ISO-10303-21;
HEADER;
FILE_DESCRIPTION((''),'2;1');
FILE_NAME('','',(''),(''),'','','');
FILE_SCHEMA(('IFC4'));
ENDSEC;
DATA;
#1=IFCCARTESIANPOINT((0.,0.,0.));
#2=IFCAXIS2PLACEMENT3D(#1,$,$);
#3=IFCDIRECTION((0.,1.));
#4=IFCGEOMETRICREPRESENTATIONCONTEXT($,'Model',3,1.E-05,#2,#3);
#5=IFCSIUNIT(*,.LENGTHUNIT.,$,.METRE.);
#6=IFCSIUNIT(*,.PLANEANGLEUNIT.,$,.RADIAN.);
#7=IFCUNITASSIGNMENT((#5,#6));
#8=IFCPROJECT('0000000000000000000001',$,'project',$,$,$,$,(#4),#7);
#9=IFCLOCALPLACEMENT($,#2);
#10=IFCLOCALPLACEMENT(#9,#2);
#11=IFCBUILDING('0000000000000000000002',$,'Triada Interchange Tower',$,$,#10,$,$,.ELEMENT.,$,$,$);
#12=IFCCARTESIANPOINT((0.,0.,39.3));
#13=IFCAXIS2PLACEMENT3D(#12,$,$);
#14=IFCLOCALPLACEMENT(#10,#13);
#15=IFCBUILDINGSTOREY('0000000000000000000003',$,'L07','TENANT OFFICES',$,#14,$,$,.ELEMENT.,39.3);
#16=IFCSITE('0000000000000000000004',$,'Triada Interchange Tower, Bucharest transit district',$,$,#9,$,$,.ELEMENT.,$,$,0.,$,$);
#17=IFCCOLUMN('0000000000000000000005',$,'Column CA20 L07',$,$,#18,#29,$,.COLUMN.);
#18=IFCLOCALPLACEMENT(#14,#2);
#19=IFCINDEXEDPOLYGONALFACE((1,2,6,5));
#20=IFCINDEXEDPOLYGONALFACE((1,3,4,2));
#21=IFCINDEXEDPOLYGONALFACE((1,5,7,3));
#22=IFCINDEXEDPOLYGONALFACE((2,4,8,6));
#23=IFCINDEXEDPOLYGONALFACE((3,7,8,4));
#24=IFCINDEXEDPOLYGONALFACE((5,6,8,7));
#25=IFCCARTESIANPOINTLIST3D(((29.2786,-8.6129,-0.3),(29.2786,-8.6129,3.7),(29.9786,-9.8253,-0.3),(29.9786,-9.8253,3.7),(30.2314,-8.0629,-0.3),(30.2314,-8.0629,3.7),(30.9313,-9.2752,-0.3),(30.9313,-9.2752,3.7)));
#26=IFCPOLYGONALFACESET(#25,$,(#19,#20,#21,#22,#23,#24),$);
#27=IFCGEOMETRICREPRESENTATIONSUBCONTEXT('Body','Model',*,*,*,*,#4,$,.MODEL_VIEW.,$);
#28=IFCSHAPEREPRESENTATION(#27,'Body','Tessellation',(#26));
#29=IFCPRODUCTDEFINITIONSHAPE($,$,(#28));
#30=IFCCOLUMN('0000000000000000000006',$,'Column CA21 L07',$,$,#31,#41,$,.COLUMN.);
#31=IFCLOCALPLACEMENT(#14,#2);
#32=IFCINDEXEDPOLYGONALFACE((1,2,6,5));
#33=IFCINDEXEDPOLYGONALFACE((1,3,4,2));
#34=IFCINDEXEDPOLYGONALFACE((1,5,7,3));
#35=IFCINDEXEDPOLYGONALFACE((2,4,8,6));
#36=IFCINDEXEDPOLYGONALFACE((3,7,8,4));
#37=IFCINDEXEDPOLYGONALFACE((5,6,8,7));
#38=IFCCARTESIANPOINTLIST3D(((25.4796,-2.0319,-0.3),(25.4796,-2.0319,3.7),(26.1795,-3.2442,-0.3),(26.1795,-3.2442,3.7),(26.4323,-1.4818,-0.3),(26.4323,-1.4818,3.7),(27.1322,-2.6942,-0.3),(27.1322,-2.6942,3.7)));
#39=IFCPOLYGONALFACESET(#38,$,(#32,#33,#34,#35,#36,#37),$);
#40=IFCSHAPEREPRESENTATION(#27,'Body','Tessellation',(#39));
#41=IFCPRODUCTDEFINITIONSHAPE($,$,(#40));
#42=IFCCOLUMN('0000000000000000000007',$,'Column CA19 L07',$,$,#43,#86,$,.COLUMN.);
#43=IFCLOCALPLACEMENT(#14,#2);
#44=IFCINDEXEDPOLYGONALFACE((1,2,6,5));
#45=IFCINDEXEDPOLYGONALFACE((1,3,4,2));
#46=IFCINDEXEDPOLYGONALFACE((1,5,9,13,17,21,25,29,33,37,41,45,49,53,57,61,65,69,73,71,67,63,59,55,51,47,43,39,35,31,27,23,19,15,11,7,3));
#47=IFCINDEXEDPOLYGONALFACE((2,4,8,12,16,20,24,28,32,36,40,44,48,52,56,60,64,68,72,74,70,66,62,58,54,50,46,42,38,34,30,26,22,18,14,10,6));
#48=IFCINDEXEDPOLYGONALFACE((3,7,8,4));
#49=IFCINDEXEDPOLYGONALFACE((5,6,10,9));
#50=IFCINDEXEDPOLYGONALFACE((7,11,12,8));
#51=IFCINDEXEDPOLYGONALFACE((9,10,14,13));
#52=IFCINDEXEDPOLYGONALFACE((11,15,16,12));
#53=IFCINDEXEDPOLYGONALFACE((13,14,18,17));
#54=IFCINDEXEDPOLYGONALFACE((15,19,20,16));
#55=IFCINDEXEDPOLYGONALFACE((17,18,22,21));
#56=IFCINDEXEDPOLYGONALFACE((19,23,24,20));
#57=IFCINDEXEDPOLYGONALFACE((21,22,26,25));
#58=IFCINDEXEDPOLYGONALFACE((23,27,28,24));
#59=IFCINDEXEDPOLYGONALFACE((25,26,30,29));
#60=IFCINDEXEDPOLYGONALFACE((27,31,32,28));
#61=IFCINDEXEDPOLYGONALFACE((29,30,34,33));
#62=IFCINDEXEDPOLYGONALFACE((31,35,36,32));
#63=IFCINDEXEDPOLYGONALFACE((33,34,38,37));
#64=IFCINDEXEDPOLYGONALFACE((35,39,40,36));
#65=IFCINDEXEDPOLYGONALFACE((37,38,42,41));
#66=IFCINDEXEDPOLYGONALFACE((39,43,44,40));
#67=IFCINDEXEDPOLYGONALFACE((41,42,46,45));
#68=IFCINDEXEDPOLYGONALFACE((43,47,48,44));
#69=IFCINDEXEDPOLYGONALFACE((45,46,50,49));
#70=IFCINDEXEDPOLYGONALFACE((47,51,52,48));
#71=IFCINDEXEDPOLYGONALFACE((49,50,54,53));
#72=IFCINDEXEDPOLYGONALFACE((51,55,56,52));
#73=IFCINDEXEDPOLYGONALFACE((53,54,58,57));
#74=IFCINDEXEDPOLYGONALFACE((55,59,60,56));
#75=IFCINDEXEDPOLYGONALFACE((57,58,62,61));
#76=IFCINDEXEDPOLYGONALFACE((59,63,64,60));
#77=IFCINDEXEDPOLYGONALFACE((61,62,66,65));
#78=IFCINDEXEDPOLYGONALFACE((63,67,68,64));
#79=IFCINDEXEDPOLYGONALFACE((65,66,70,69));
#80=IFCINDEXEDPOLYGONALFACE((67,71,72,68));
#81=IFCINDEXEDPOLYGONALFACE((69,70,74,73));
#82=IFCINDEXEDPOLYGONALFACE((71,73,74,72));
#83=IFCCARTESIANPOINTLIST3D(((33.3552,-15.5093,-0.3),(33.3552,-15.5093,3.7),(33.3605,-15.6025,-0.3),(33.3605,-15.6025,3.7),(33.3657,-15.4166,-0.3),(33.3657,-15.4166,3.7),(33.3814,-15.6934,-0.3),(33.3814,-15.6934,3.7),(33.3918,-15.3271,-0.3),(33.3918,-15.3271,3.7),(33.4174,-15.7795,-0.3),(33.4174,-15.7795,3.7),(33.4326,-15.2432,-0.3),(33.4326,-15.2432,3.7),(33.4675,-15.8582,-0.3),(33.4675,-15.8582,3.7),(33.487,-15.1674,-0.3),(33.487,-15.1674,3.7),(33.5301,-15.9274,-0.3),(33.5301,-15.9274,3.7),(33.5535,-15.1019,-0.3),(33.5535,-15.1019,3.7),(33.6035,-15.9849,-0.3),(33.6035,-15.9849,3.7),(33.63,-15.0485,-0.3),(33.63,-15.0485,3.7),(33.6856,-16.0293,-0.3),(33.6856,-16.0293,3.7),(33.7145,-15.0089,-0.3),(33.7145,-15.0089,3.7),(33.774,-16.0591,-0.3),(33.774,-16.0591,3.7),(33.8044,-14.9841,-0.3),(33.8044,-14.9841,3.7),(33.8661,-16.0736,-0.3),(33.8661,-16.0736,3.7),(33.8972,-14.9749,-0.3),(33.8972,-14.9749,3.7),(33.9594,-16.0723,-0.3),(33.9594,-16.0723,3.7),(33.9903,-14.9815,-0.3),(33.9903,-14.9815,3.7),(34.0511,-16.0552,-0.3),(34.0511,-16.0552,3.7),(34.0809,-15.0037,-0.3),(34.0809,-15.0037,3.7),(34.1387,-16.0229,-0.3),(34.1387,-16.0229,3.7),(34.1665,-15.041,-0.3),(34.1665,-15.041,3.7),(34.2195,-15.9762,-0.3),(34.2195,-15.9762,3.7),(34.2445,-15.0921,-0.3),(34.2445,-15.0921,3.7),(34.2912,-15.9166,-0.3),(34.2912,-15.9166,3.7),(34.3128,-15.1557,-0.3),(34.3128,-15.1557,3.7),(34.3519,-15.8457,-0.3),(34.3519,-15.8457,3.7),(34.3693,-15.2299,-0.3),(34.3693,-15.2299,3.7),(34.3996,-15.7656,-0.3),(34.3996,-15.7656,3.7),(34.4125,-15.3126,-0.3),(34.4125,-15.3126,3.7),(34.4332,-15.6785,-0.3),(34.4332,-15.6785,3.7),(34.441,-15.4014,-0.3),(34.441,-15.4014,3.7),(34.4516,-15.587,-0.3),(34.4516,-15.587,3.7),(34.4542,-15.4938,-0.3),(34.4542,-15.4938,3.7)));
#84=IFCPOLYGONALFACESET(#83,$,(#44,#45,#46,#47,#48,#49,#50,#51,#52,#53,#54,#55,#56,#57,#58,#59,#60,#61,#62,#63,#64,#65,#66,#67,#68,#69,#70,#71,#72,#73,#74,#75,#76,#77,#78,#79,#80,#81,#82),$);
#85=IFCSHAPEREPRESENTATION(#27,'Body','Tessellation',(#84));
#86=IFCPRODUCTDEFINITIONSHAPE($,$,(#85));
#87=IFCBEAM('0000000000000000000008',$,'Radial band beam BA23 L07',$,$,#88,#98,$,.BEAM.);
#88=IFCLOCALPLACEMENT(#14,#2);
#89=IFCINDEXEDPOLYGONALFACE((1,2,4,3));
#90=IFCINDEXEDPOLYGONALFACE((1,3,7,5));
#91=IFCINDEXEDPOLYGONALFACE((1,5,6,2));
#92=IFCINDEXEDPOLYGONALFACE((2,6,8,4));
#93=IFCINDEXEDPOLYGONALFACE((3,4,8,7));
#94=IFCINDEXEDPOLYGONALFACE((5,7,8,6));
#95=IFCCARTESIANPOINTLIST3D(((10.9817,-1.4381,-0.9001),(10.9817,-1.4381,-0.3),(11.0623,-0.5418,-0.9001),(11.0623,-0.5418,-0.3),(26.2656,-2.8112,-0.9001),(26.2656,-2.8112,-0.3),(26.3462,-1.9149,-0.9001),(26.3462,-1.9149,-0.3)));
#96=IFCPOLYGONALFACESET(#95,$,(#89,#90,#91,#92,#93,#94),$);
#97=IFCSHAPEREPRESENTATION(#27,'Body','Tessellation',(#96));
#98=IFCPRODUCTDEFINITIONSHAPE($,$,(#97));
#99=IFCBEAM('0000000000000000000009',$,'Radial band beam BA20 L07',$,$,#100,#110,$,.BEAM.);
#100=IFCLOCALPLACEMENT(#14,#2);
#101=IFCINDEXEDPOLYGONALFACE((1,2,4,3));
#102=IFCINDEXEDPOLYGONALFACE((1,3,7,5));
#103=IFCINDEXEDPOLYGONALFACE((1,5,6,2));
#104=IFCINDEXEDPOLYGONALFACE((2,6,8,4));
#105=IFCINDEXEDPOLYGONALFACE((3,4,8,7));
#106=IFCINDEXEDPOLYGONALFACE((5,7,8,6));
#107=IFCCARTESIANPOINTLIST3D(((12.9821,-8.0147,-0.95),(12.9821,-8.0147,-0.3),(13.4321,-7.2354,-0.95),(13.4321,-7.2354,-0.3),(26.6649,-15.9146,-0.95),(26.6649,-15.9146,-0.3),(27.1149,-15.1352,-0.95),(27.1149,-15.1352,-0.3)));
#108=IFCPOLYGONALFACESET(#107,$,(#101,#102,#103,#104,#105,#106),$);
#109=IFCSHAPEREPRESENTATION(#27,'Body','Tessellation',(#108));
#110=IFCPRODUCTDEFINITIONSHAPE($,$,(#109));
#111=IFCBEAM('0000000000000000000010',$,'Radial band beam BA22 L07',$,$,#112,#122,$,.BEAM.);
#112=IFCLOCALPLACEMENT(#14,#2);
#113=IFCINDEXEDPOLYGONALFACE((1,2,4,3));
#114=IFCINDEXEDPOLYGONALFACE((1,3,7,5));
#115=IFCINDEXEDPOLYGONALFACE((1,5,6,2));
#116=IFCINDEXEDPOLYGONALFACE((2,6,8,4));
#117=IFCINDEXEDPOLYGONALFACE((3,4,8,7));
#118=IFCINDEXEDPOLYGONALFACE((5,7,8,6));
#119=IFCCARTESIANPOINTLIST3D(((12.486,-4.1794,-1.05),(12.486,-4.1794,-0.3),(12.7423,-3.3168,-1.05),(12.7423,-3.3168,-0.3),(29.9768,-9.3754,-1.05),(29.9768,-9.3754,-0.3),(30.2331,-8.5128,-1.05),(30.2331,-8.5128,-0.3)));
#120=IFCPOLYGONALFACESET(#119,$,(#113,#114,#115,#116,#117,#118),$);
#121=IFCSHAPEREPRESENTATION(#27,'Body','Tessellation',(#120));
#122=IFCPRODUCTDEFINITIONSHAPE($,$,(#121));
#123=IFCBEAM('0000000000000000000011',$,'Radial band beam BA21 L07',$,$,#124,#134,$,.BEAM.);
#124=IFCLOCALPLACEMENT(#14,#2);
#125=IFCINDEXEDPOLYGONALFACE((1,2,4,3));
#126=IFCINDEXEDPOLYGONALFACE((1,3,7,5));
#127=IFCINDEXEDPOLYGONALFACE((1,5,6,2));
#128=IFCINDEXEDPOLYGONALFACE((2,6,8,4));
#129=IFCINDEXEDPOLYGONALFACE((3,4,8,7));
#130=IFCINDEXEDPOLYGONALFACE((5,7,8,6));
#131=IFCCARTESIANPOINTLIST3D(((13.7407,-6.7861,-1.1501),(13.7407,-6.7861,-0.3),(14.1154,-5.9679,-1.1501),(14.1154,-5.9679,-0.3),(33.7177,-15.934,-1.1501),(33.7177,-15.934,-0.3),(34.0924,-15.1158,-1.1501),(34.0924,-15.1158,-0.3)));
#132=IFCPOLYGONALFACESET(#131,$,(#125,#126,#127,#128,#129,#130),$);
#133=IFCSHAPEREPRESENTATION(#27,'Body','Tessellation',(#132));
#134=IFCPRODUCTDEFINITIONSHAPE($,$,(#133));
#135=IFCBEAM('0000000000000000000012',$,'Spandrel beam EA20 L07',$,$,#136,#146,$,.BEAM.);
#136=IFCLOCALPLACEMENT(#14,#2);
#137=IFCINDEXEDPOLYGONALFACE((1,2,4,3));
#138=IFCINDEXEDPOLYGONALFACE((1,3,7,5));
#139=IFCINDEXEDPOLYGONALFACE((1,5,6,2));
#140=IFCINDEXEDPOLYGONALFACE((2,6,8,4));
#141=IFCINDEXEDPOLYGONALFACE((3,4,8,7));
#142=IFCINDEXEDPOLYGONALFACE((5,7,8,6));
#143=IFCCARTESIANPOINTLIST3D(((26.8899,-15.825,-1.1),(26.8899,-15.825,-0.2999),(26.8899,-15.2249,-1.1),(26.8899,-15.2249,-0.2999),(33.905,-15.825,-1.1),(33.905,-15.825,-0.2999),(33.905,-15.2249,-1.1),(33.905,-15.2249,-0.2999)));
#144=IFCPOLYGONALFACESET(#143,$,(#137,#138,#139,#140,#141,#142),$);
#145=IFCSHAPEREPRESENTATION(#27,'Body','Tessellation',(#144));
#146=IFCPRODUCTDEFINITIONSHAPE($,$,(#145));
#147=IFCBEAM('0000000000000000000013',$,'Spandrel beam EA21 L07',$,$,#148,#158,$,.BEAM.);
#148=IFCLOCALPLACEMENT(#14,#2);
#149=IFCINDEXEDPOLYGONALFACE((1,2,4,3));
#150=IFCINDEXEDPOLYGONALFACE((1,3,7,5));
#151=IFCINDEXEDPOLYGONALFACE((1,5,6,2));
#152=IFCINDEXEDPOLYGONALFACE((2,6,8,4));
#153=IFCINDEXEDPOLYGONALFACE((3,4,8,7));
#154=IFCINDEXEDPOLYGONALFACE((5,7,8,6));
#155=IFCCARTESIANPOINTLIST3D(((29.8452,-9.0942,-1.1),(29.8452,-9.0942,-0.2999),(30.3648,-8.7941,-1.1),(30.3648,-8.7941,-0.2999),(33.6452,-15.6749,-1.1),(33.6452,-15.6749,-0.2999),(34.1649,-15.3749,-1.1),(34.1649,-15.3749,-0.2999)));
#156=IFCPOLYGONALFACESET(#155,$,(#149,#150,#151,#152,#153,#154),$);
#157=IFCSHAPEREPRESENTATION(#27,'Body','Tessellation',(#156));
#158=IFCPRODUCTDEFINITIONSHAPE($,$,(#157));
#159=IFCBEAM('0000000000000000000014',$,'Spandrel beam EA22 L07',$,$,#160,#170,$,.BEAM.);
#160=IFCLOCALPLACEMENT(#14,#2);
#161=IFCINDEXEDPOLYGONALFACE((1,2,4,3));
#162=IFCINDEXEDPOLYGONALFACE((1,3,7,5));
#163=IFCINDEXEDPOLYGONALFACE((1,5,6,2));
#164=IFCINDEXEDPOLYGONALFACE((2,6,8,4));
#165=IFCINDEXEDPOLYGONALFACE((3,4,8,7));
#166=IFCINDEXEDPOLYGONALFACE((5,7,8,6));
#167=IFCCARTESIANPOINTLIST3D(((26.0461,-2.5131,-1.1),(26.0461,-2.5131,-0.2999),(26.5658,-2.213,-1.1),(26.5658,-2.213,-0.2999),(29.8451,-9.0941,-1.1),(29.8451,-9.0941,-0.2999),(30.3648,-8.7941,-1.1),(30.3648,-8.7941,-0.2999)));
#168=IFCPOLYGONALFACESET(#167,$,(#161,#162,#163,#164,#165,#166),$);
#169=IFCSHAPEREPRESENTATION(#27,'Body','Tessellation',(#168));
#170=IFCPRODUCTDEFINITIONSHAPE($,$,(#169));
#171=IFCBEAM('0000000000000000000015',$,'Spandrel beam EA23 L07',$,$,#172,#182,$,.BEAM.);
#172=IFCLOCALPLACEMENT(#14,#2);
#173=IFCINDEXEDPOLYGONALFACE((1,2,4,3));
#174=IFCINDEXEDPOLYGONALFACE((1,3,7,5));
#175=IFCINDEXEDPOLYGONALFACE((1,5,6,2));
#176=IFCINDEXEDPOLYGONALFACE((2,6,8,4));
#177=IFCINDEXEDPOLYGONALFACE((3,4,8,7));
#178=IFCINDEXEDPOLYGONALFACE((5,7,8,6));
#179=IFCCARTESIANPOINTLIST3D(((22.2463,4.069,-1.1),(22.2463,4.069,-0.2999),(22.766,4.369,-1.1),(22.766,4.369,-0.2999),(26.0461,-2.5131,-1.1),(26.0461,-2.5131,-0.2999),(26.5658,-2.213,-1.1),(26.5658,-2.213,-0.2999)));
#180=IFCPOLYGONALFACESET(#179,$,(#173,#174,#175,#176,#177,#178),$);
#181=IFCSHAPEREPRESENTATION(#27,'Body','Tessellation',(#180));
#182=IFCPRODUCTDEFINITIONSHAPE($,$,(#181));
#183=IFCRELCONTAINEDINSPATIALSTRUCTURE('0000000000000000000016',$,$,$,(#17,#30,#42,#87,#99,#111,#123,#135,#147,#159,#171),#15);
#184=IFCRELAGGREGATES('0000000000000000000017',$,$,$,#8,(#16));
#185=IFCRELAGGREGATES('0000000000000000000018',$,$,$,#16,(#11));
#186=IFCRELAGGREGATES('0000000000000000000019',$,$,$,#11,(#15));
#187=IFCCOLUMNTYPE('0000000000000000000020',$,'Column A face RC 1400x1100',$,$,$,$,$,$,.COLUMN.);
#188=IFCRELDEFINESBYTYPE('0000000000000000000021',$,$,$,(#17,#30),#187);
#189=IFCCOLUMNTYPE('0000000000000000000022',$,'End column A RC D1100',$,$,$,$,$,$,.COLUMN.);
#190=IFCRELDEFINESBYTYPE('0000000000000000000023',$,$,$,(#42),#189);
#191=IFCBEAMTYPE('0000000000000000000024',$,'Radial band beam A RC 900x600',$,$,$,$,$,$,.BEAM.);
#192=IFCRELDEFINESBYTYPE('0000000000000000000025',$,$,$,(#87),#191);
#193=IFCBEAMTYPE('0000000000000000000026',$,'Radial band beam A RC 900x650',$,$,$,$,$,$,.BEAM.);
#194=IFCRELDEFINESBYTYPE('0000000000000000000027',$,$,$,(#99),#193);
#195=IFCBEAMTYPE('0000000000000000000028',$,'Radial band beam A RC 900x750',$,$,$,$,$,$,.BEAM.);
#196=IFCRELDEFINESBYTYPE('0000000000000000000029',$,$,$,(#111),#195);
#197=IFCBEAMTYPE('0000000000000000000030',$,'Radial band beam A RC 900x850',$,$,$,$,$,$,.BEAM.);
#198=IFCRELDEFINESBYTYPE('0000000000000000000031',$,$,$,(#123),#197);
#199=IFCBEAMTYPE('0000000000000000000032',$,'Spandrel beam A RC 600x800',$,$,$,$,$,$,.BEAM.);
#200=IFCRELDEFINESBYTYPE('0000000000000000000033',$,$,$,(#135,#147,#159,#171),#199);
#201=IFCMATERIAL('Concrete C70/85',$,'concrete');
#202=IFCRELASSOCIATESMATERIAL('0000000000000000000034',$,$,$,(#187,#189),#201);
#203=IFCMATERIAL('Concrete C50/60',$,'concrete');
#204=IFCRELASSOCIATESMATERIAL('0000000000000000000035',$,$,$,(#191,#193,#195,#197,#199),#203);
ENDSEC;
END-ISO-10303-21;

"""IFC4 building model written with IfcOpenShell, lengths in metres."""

from ifc_helpers import new_model, si_unit, direction, frame, origin, origin_2d, place, context, subcontext, project, spatial, rectangle, circle, extrude, material, material_profile, profile_set, type_object, element, save


model = new_model("IFC4")

# Units and contexts
model_context = context("Model", 3, precision=1e-05, world=origin(), true_north=direction((0.0, 1.0)))
body_context = subcontext(model_context, "Body", "Model", "MODEL_VIEW")
ifc_project = project(units=[si_unit("LENGTHUNIT", "METRE"), si_unit("PLANEANGLEUNIT", "RADIAN")], contexts=[model_context])

# Site, building, storey
site_placement = place(None, origin())
site = spatial("IfcSite", under=ifc_project, at=site_placement, Name="Triada Interchange Tower, Bucharest transit district", CompositionType="ELEMENT", RefElevation=0.0)
building_placement = place(site_placement, origin())
building = spatial("IfcBuilding", under=site, at=building_placement, Name="Triada Interchange Tower", CompositionType="ELEMENT")
storey_placement = place(building_placement, frame((0.0, 0.0, 39.3)))
storey = spatial("IfcBuildingStorey", under=building, at=storey_placement, Name="L07", Description="TENANT OFFICES", CompositionType="ELEMENT", Elevation=39.3)

# Columns
ifc_material_1 = material(Name="Concrete C70/85", Category="concrete")
ifc_material_profile_1 = material_profile(ifc_material_1, rectangle(XDim=1.3999, YDim=1.1001, at=origin_2d()), Name="RC 1400x1100")
ifc_profile_set_1 = profile_set([ifc_material_profile_1], Name="Concrete C70/85")
column_type_1 = type_object("IfcColumnType", Name="Column A face RC 1400x1100", PredefinedType="COLUMN", material=ifc_profile_set_1)
for number, where, z_axis, x_axis, name in (
    (1, (30.105, -8.9441, -0.3), (0.0, 0.0, 1.0), (-0.5, 0.866025, 0.0), "Column CA20 L07"),
    (2, (26.3059, -2.363, -0.3), (0.0, 0.0, 1.0), (-0.5, 0.866025, 0.0), "Column CA21 L07"),
):
    element("IfcColumn", number, at=place(storey_placement, frame(where, z_axis=z_axis, x_axis=x_axis)), inside=storey, type_object=column_type_1, Name=name, PredefinedType="COLUMN", context=body_context, shape_type="SweptSolid", body=[
        extrude(rectangle(XDim=1.3999, YDim=1.1001, at=origin_2d()), origin(), (0.0, 0.0, 1.0), 4.0),
    ])
ifc_material_profile_2 = material_profile(ifc_material_1, circle(Radius=0.55, at=origin_2d()), Name="RC D1100")
ifc_profile_set_2 = profile_set([ifc_material_profile_2], Name="Concrete C70/85")
column_type_2 = type_object("IfcColumnType", Name="End column A RC D1100", PredefinedType="COLUMN", material=ifc_profile_set_2)
column_placement = place(storey_placement, frame((33.905, -15.5249, -0.3), z_axis=(0.0, 0.0, 1.0), x_axis=(-0.5, 0.866025, 0.0)))
element("IfcColumn", 3, at=column_placement, inside=storey, type_object=column_type_2, Name="Column CA19 L07", PredefinedType="COLUMN", context=body_context, shape_type="SweptSolid", body=[
    extrude(circle(Radius=0.55, at=origin_2d()), origin(), (0.0, 0.0, 1.0), 4.0),
])

# Beams
ifc_material_2 = material(Name="Concrete C50/60", Category="concrete")
ifc_material_profile_3 = material_profile(ifc_material_2, rectangle(XDim=0.8999, YDim=0.6001, at=origin_2d()), Name="RC 900x600")
ifc_profile_set_3 = profile_set([ifc_material_profile_3], Name="Concrete C50/60")
beam_type_1 = type_object("IfcBeamType", Name="Radial band beam A RC 900x600", PredefinedType="BEAM", material=ifc_profile_set_3)
beam_1_placement = place(storey_placement, frame((26.3059, -2.363, -0.6001), z_axis=(-0.995989, 0.089476, 0.0), x_axis=(-0.089476, -0.995989, 0.0)))
element("IfcBeam", 4, at=beam_1_placement, inside=storey, type_object=beam_type_1, Name="Radial band beam BA23 L07", PredefinedType="BEAM", context=body_context, shape_type="SweptSolid", body=[
    extrude(rectangle(XDim=0.8999, YDim=0.6001, at=origin_2d()), origin(), (0.0, 0.0, 1.0), 15.3455),
])
ifc_material_profile_4 = material_profile(ifc_material_2, rectangle(XDim=0.8999, YDim=0.6499, at=origin_2d()), Name="RC 900x650")
ifc_profile_set_4 = profile_set([ifc_material_profile_4], Name="Concrete C50/60")
beam_type_2 = type_object("IfcBeamType", Name="Radial band beam A RC 900x650", PredefinedType="BEAM", material=ifc_profile_set_4)
beam_2_placement = place(storey_placement, frame((26.8899, -15.5249, -0.625), z_axis=(-0.866023, 0.500005, 0.0), x_axis=(-0.500005, -0.866023, 0.0)))
element("IfcBeam", 5, at=beam_2_placement, inside=storey, type_object=beam_type_2, Name="Radial band beam BA20 L07", PredefinedType="BEAM", context=body_context, shape_type="SweptSolid", body=[
    extrude(rectangle(XDim=0.8999, YDim=0.6499, at=origin_2d()), origin(), (0.0, 0.0, 1.0), 15.7996),
])
ifc_material_profile_5 = material_profile(ifc_material_2, rectangle(XDim=0.8999, YDim=0.75, at=origin_2d()), Name="RC 900x750")
ifc_profile_set_5 = profile_set([ifc_material_profile_5], Name="Concrete C50/60")
beam_type_3 = type_object("IfcBeamType", Name="Radial band beam A RC 900x750", PredefinedType="BEAM", material=ifc_profile_set_5)
beam_3_placement = place(storey_placement, frame((30.105, -8.9441, -0.675), z_axis=(-0.958596, 0.28477, 0.0), x_axis=(-0.28477, -0.958596, 0.0)))
element("IfcBeam", 6, at=beam_3_placement, inside=storey, type_object=beam_type_3, Name="Radial band beam BA22 L07", PredefinedType="BEAM", context=body_context, shape_type="SweptSolid", body=[
    extrude(rectangle(XDim=0.8999, YDim=0.75, at=origin_2d()), origin(), (0.0, 0.0, 1.0), 18.2463),
])
ifc_material_profile_6 = material_profile(ifc_material_2, rectangle(XDim=0.8999, YDim=0.8501, at=origin_2d()), Name="RC 900x850")
ifc_profile_set_6 = profile_set([ifc_material_profile_6], Name="Concrete C50/60")
beam_type_4 = type_object("IfcBeamType", Name="Radial band beam A RC 900x850", PredefinedType="BEAM", material=ifc_profile_set_6)
beam_4_placement = place(storey_placement, frame((33.905, -15.5249, -0.7251), z_axis=(-0.909206, 0.416346, 0.0), x_axis=(-0.416346, -0.909206, 0.0)))
element("IfcBeam", 7, at=beam_4_placement, inside=storey, type_object=beam_type_4, Name="Radial band beam BA21 L07", PredefinedType="BEAM", context=body_context, shape_type="SweptSolid", body=[
    extrude(rectangle(XDim=0.8999, YDim=0.8501, at=origin_2d()), origin(), (0.0, 0.0, 1.0), 21.9719),
])
ifc_material_profile_7 = material_profile(ifc_material_2, rectangle(XDim=0.6001, YDim=0.8, at=origin_2d()), Name="RC 600x800")
ifc_profile_set_7 = profile_set([ifc_material_profile_7], Name="Concrete C50/60")
beam_type_5 = type_object("IfcBeamType", Name="Spandrel beam A RC 600x800", PredefinedType="BEAM", material=ifc_profile_set_7)
beam_5_placement = place(storey_placement, frame((26.8899, -15.5249, -0.7), z_axis=(1.0, 0.0, 0.0), x_axis=(0.0, 1.0, 0.0)))
element("IfcBeam", 8, at=beam_5_placement, inside=storey, type_object=beam_type_5, Name="Spandrel beam EA20 L07", PredefinedType="BEAM", context=body_context, shape_type="SweptSolid", body=[
    extrude(rectangle(XDim=0.6001, YDim=0.8, at=origin_2d()), origin(), (0.0, 0.0, 1.0), 7.0151),
])
beam_6_placement = place(storey_placement, frame((33.905, -15.5249, -0.7), z_axis=(-0.500061, 0.86599, 0.0), x_axis=(-0.86599, -0.500061, 0.0)))
element("IfcBeam", 9, at=beam_6_placement, inside=storey, type_object=beam_type_5, Name="Spandrel beam EA21 L07", PredefinedType="BEAM", context=body_context, shape_type="SweptSolid", body=[
    extrude(rectangle(XDim=0.6001, YDim=0.8, at=origin_2d()), origin(), (0.0, 0.0, 1.0), 7.5991),
])
beam_7_placement = place(storey_placement, frame((30.105, -8.9441, -0.7), z_axis=(-0.499951, 0.866054, 0.0), x_axis=(-0.866054, -0.499951, 0.0)))
element("IfcBeam", 10, at=beam_7_placement, inside=storey, type_object=beam_type_5, Name="Spandrel beam EA22 L07", PredefinedType="BEAM", context=body_context, shape_type="SweptSolid", body=[
    extrude(rectangle(XDim=0.6001, YDim=0.8, at=origin_2d()), origin(), (0.0, 0.0, 1.0), 7.5989),
])
beam_8_placement = place(storey_placement, frame((26.3059, -2.363, -0.7), z_axis=(-0.499967, 0.866044, 0.0), x_axis=(-0.866044, -0.499967, 0.0)))
element("IfcBeam", 11, at=beam_8_placement, inside=storey, type_object=beam_type_5, Name="Spandrel beam EA23 L07", PredefinedType="BEAM", context=body_context, shape_type="SweptSolid", body=[
    extrude(rectangle(XDim=0.6001, YDim=0.8, at=origin_2d()), origin(), (0.0, 0.0, 1.0), 7.6001),
])

save(model, "model.ifc")
